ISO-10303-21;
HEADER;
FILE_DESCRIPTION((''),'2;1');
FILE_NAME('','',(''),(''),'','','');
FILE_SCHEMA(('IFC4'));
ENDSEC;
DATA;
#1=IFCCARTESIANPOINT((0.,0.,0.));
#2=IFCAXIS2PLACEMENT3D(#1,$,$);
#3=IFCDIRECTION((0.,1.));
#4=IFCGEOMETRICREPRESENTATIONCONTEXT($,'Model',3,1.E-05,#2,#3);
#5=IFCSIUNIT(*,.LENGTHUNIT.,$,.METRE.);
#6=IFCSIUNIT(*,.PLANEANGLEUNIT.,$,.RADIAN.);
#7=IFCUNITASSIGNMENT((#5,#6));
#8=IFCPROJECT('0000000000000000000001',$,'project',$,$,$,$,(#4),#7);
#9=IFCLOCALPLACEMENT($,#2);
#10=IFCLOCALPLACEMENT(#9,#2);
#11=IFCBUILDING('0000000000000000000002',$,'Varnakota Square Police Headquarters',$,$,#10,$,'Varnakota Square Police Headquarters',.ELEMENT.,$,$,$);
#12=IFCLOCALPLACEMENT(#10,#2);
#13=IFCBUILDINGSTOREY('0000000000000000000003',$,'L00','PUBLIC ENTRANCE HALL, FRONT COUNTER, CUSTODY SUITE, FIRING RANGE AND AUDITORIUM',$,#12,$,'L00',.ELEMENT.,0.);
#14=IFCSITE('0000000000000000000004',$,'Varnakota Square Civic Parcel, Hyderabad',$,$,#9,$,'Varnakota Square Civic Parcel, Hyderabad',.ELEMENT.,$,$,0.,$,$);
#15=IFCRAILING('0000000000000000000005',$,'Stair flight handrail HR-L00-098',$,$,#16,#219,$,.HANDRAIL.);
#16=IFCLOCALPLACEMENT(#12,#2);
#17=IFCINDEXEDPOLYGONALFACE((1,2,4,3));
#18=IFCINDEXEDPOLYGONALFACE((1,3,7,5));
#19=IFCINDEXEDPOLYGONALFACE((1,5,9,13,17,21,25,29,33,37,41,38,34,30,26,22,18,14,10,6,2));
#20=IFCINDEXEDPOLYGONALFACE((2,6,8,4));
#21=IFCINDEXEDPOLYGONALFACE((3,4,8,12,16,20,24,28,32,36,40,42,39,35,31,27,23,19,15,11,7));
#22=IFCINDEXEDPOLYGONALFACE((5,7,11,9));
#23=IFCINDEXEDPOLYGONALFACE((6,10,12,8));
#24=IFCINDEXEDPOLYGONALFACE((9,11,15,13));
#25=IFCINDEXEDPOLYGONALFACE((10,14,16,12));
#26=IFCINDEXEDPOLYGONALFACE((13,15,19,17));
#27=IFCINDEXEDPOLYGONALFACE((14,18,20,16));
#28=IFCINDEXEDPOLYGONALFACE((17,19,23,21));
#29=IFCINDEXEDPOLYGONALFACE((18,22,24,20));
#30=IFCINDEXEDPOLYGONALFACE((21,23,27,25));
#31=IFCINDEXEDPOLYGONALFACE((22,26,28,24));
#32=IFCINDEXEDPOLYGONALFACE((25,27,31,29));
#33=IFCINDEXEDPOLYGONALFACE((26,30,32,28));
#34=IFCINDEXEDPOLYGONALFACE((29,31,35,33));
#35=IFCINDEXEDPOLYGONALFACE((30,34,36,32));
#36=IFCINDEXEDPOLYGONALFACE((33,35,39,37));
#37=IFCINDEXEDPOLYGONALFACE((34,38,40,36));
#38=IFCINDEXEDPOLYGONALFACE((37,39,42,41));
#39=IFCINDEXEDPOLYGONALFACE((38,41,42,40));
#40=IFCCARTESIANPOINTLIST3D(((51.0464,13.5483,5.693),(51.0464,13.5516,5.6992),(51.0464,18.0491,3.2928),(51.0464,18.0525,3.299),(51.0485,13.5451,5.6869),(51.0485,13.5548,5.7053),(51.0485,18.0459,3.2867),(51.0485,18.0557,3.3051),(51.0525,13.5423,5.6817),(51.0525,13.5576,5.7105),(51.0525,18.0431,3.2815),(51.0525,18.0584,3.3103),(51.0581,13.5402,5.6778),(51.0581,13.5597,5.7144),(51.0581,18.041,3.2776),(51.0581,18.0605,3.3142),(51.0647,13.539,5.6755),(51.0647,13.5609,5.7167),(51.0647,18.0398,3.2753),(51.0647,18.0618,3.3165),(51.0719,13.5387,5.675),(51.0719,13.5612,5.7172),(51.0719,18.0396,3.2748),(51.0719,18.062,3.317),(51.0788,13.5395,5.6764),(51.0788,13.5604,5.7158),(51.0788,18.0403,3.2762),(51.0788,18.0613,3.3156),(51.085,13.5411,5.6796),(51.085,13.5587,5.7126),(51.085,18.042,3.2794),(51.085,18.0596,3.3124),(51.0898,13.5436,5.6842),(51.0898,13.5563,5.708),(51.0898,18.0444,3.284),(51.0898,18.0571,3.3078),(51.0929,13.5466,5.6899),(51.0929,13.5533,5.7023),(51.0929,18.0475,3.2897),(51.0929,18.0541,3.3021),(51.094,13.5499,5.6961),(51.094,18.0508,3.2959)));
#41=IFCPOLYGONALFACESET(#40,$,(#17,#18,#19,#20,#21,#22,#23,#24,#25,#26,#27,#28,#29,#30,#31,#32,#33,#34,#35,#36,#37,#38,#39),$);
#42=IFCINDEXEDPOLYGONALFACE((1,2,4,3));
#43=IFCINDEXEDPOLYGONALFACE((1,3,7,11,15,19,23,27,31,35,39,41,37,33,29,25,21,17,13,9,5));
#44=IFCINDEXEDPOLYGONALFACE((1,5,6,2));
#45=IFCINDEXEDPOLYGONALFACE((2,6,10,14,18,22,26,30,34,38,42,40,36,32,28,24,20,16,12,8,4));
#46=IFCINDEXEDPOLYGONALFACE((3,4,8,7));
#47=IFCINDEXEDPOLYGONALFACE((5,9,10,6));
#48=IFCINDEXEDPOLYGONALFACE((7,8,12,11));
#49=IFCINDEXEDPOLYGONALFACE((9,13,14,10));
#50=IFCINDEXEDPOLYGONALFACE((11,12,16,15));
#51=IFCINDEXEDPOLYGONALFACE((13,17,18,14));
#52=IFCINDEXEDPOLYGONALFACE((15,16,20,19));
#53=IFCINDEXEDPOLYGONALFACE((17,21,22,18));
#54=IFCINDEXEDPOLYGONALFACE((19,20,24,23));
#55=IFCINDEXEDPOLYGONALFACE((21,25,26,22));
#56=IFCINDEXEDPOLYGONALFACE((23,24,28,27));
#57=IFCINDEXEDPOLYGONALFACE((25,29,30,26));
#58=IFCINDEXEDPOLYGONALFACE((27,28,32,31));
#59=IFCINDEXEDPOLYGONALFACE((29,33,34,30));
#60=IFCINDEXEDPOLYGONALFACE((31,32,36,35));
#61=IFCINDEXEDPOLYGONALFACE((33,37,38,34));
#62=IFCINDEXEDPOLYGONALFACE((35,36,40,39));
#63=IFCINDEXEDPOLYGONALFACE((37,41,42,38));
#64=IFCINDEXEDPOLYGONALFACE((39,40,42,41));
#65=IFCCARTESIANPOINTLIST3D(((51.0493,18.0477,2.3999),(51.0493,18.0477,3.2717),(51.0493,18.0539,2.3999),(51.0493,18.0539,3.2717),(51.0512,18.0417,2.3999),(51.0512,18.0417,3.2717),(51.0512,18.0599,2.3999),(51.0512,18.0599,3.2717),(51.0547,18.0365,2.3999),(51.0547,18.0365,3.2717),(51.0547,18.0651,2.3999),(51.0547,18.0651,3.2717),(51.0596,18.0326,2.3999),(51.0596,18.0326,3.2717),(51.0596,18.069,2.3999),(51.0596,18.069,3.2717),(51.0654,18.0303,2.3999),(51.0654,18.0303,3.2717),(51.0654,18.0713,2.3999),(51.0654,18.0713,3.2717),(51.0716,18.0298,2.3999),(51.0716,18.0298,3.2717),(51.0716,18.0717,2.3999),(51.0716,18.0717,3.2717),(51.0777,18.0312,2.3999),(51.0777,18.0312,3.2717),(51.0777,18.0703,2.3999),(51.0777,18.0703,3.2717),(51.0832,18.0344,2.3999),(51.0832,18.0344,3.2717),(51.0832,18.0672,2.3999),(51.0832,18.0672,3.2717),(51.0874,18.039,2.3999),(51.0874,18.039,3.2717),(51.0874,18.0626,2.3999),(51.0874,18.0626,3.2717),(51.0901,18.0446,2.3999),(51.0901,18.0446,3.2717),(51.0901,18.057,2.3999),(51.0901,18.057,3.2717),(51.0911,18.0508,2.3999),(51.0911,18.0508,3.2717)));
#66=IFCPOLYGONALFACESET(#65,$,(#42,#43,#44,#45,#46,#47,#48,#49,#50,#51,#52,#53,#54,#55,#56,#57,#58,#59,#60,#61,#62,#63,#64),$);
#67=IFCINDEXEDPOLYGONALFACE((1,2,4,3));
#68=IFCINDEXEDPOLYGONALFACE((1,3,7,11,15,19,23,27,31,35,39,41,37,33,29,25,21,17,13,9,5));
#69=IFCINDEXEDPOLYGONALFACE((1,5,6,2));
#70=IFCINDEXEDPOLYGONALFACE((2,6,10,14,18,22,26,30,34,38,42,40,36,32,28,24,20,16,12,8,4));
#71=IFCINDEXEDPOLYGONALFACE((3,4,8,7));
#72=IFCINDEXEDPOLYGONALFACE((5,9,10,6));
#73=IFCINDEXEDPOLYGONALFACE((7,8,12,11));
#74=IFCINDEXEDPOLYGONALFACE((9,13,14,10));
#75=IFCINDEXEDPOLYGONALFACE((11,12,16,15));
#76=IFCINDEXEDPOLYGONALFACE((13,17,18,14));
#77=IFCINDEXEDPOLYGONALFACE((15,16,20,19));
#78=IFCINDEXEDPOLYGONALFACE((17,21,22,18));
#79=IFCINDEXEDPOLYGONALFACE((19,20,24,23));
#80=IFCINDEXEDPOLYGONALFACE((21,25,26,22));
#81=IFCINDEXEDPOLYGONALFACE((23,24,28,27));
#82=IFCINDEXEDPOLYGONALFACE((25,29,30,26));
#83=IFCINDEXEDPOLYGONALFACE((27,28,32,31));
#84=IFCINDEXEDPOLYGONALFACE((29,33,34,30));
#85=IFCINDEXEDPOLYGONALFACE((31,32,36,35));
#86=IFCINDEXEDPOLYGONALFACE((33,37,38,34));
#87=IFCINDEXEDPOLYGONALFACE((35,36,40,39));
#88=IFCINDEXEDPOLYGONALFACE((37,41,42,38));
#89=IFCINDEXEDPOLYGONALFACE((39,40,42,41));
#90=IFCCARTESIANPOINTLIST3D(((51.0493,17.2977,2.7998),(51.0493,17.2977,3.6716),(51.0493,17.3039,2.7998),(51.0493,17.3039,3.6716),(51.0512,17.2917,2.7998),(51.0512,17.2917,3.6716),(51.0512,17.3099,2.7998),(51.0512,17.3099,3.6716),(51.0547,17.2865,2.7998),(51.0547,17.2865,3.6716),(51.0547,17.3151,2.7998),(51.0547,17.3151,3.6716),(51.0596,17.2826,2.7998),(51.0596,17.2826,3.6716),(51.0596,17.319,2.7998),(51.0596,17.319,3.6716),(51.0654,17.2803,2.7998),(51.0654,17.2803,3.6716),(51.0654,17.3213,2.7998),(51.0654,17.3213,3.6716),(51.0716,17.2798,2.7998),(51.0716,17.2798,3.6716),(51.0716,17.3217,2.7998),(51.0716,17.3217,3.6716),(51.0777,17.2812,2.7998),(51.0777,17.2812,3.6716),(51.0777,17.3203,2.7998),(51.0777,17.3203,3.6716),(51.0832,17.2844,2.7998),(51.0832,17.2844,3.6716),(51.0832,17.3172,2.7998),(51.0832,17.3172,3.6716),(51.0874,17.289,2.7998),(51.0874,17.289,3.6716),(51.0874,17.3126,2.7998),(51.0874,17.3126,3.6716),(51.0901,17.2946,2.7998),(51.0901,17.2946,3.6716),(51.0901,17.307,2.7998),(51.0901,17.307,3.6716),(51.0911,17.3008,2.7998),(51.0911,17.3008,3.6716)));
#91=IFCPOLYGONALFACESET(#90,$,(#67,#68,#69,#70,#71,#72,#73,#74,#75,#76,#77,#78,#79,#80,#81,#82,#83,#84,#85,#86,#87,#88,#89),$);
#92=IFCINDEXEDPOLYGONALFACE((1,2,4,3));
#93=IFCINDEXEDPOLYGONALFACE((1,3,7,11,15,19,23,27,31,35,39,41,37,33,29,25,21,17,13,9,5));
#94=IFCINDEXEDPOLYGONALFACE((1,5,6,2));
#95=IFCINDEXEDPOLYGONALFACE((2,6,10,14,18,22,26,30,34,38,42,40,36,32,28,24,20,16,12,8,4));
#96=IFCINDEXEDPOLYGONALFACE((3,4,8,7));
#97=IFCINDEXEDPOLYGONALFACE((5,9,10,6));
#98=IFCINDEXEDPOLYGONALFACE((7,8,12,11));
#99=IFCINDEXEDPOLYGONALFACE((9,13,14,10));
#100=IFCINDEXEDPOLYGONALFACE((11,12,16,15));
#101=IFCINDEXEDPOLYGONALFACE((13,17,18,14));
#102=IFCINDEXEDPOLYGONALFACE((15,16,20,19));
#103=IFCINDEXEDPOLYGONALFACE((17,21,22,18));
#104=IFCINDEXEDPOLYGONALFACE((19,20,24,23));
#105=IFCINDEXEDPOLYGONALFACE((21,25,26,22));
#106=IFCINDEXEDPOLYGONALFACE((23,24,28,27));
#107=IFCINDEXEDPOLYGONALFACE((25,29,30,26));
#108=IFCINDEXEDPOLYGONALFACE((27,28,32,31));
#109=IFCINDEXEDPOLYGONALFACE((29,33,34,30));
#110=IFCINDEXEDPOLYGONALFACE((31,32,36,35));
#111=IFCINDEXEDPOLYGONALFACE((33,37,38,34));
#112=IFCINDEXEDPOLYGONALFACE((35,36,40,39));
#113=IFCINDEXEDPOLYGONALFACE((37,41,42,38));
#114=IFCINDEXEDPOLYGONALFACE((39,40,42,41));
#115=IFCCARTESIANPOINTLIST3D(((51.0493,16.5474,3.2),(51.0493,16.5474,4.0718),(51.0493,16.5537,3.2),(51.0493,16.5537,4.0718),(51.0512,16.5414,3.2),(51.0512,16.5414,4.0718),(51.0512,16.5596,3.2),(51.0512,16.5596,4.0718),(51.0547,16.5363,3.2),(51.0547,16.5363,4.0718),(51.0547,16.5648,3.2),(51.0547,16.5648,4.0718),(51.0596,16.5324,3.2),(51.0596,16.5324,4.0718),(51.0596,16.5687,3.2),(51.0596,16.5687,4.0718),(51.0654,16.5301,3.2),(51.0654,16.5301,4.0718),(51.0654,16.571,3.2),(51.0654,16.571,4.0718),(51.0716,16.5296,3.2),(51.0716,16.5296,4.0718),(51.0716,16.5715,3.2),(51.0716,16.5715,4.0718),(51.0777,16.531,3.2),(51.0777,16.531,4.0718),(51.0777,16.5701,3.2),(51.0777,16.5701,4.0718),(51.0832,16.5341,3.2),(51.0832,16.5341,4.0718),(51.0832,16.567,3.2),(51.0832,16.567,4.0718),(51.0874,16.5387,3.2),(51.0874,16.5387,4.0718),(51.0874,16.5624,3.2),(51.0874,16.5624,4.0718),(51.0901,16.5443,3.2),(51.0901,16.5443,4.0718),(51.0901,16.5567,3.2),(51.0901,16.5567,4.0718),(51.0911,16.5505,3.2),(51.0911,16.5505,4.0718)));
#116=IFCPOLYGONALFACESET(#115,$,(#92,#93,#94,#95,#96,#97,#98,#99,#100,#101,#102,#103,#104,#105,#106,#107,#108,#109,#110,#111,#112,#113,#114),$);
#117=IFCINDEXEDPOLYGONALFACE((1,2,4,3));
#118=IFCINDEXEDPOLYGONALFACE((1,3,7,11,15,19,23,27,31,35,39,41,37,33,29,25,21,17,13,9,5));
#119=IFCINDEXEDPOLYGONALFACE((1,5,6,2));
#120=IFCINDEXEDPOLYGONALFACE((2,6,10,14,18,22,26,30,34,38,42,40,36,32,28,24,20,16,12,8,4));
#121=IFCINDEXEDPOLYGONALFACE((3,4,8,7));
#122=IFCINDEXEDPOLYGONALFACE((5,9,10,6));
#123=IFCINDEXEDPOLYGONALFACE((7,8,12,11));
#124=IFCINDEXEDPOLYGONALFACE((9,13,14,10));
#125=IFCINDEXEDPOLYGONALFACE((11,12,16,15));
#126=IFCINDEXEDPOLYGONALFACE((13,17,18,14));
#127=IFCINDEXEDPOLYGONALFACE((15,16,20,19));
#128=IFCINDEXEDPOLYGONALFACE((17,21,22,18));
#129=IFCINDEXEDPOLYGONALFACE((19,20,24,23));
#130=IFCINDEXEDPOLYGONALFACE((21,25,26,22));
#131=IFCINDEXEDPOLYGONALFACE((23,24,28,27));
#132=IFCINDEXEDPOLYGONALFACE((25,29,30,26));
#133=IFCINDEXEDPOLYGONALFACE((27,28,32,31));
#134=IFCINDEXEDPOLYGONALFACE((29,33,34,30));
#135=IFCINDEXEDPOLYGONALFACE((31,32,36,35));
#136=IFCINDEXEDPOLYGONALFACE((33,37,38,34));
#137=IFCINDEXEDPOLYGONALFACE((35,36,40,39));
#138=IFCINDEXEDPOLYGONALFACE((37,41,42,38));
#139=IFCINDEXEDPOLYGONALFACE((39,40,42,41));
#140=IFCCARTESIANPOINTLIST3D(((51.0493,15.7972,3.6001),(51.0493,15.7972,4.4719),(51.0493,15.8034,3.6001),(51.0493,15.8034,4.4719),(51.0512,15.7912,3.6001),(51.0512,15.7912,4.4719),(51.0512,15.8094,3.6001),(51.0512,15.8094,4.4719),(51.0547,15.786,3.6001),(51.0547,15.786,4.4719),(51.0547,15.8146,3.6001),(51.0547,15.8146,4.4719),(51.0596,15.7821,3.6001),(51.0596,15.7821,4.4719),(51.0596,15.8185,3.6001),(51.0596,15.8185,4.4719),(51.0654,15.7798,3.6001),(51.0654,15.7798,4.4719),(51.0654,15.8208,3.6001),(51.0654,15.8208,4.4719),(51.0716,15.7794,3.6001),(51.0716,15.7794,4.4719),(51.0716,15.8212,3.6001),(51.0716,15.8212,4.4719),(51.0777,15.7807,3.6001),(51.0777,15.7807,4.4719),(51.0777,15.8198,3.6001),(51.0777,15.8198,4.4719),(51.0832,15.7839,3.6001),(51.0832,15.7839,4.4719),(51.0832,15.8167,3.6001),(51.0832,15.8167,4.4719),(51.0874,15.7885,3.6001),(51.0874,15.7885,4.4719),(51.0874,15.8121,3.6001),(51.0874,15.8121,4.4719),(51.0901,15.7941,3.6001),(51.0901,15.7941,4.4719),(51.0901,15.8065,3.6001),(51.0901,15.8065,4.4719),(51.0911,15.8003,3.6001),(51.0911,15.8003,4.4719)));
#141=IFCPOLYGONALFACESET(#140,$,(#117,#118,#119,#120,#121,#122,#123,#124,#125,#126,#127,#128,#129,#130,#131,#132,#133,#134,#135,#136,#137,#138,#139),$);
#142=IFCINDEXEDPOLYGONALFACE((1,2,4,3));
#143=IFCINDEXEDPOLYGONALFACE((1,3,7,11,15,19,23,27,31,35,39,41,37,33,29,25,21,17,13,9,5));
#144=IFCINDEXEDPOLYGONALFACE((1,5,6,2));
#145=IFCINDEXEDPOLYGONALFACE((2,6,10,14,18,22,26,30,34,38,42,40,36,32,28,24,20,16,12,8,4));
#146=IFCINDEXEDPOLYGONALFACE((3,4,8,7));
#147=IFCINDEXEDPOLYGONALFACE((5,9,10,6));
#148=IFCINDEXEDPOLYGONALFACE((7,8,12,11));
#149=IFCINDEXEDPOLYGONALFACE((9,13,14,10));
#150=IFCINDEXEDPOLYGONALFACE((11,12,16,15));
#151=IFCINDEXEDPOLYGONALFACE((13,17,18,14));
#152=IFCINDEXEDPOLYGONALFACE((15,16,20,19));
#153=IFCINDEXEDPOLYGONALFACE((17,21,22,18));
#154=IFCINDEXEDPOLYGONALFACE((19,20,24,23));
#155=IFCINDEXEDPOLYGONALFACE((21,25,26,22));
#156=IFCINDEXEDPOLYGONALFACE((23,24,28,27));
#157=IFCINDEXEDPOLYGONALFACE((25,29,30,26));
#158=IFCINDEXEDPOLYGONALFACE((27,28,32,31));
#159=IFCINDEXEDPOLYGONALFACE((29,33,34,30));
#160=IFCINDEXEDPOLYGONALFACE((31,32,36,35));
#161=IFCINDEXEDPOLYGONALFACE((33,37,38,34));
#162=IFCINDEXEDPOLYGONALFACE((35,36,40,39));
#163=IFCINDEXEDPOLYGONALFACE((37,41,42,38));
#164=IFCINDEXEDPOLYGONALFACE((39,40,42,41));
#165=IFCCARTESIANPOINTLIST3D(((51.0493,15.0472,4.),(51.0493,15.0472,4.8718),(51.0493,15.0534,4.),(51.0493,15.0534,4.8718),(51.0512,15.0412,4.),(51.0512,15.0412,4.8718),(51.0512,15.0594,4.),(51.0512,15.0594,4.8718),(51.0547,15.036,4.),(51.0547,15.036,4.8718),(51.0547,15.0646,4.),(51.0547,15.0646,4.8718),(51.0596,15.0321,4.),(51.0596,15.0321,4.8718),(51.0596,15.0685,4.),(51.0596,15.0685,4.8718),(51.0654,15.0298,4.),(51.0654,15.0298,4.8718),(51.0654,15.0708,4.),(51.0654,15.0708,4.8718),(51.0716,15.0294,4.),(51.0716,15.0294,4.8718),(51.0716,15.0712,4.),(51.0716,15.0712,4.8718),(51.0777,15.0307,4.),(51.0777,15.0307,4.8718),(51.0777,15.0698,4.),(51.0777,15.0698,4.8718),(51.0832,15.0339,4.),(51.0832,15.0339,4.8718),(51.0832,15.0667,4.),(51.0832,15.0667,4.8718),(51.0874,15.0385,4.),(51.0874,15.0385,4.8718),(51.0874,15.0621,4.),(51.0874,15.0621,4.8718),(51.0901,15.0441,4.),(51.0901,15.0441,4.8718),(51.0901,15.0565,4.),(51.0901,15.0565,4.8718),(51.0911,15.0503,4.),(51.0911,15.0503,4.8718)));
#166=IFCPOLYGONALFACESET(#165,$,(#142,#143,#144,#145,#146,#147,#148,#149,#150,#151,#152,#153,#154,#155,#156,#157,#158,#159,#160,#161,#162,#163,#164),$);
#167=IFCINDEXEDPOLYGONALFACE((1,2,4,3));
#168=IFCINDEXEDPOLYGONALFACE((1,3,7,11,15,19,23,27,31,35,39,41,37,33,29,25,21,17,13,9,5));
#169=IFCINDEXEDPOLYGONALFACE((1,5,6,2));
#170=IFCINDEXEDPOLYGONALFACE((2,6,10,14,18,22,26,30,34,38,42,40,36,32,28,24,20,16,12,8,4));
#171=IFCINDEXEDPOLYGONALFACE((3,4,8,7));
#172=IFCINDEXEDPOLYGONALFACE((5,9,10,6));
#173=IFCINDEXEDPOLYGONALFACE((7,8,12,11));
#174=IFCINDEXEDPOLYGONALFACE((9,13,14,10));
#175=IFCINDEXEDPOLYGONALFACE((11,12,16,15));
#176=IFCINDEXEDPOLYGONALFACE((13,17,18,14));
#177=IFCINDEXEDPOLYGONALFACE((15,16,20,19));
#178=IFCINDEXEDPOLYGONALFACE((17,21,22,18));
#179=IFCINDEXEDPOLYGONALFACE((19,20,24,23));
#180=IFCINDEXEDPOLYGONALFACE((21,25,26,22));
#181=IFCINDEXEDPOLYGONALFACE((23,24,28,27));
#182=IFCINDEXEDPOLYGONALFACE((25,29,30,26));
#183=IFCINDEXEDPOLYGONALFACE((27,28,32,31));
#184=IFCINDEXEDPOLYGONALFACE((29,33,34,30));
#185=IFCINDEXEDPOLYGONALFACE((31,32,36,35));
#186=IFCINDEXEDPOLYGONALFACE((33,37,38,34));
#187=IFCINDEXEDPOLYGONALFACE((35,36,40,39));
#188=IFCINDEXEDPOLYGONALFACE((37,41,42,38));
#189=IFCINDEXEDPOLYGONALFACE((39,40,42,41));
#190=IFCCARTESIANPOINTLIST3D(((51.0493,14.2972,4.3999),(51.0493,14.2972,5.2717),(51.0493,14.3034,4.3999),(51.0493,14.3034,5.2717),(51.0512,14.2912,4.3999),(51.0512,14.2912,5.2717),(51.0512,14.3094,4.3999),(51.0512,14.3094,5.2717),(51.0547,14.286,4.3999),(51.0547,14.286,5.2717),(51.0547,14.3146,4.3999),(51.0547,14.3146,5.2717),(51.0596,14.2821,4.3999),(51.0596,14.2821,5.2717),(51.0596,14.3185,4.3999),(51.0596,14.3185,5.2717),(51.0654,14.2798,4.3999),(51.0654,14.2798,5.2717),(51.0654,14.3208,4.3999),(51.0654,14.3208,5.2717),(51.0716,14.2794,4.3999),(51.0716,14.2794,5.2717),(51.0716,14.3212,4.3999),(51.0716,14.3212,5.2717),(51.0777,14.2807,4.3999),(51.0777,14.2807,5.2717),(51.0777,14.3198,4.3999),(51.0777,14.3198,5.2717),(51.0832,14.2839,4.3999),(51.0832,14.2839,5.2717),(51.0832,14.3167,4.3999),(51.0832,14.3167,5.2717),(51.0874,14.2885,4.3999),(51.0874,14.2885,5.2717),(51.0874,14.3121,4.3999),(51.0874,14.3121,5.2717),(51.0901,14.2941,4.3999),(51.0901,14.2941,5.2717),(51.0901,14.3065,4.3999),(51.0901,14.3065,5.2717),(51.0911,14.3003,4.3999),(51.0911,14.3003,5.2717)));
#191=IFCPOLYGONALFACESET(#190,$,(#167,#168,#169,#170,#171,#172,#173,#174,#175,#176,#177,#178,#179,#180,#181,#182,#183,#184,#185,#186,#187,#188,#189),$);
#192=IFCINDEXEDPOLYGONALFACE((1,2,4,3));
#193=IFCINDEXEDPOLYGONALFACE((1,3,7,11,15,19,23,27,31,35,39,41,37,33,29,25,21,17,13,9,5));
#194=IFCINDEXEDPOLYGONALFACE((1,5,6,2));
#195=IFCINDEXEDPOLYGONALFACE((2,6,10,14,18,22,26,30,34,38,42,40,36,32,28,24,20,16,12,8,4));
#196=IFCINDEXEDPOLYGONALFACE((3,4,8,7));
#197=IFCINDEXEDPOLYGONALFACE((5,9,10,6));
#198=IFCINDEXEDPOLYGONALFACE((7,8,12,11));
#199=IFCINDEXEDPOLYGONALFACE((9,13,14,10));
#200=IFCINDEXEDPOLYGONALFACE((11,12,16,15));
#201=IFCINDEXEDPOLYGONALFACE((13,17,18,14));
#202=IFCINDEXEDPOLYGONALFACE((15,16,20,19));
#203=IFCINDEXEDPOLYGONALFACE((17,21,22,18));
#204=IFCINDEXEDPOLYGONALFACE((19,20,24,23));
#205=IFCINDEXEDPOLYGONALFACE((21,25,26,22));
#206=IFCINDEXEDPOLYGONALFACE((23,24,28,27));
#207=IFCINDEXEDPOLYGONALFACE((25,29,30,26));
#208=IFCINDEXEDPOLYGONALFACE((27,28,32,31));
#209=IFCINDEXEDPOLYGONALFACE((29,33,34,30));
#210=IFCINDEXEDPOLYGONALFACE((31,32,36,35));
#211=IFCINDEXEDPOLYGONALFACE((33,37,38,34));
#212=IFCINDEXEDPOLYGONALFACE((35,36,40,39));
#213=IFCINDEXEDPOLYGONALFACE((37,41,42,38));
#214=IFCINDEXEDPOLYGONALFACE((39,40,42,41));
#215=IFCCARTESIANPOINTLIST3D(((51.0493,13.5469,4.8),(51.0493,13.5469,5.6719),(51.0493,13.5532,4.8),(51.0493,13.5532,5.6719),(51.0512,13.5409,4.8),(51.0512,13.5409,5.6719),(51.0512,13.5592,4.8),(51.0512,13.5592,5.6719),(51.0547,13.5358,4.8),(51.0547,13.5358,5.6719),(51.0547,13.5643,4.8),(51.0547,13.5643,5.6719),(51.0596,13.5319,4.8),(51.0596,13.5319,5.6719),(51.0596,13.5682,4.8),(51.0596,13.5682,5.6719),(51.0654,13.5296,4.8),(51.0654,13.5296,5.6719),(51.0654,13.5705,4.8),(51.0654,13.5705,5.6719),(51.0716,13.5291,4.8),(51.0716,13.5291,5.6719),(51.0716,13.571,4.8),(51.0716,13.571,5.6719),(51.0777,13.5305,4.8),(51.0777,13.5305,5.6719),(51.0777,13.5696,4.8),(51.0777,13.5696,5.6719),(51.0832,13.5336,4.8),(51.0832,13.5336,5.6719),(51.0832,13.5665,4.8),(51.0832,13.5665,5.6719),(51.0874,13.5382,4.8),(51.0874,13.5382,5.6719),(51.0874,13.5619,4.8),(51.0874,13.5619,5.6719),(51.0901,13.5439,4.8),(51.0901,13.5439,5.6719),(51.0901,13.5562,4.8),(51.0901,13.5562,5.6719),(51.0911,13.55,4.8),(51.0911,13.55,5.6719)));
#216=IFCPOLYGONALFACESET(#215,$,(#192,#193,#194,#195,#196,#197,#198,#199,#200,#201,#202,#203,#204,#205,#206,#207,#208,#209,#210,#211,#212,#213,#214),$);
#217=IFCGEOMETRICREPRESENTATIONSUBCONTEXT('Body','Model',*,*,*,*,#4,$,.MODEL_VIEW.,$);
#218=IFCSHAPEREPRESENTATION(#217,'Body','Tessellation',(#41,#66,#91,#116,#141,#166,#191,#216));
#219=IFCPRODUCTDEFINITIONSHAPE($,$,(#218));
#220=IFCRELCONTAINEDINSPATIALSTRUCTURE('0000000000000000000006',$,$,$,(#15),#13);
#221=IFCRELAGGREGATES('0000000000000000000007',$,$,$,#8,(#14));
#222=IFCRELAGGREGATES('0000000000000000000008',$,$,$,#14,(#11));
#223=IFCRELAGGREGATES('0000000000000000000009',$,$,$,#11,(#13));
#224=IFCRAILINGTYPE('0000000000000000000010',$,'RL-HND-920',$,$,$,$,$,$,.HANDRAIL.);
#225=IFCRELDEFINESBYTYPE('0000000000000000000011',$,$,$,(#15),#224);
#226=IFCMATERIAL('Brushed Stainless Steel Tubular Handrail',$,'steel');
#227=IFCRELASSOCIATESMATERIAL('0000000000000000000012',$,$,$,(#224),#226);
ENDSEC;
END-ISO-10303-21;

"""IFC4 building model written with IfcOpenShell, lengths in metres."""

from ifc_helpers import new_model, si_unit, direction, frame, origin, origin_2d, place, context, subcontext, project, spatial, circle, extrude, material, type_object, element, save


model = new_model("IFC4")

# Units and contexts
model_context = context("Model", 3, precision=1e-05, world=origin(), true_north=direction((0.0, 1.0)))
body_context = subcontext(model_context, "Body", "Model", "MODEL_VIEW")
ifc_project = project(units=[si_unit("LENGTHUNIT", "METRE"), si_unit("PLANEANGLEUNIT", "RADIAN")], contexts=[model_context])

# Site, building, storey
site_placement = place(None, origin())
site = spatial("IfcSite", under=ifc_project, at=site_placement, Name="Varnakota Square Civic Parcel, Hyderabad", LongName="Varnakota Square Civic Parcel, Hyderabad", CompositionType="ELEMENT", RefElevation=0.0)
building_placement = place(site_placement, origin())
building = spatial("IfcBuilding", under=site, at=building_placement, Name="Varnakota Square Police Headquarters", LongName="Varnakota Square Police Headquarters", CompositionType="ELEMENT")
storey_placement = place(building_placement, origin())
storey = spatial("IfcBuildingStorey", under=building, at=storey_placement, Name="L00", Description="PUBLIC ENTRANCE HALL, FRONT COUNTER, CUSTODY SUITE, FIRING RANGE AND AUDITORIUM", LongName="L00", CompositionType="ELEMENT", Elevation=0.0)

# Railing
ifc_material_1 = material(Name="Brushed Stainless Steel Tubular Handrail", Category="steel")
railing_type_1 = type_object("IfcRailingType", Name="RL-HND-920", PredefinedType="HANDRAIL", material=ifc_material_1)
railing_1_placement = place(storey_placement, frame((51.0701, 18.0508, 2.3999)))
element("IfcRailing", 1, at=railing_1_placement, inside=storey, type_object=railing_type_1, Name="Stair flight handrail HR-L00-098", PredefinedType="HANDRAIL", context=body_context, shape_type="SweptSolid", body=[
    extrude(circle(Radius=0.0239, at=origin_2d()), frame((0.0, 0.0, 0.896), z_axis=(0.0, -0.882373, 0.470551), x_axis=(1.0, 0.0, 0.0)), (0.0, 0.0, 1.0), 5.1008),
    extrude(circle(Radius=0.021, at=origin_2d()), origin(), (0.0, 0.0, 1.0), 0.8718),
    extrude(circle(Radius=0.021, at=origin_2d()), frame((0.0, -0.75, 0.3999)), (0.0, 0.0, 1.0), 0.8718),
    extrude(circle(Radius=0.021, at=origin_2d()), frame((0.0, -1.5002, 0.8)), (0.0, 0.0, 1.0), 0.8718),
    extrude(circle(Radius=0.021, at=origin_2d()), frame((0.0, -2.2505, 1.2002)), (0.0, 0.0, 1.0), 0.8718),
    extrude(circle(Radius=0.021, at=origin_2d()), frame((0.0, -3.0005, 1.6001)), (0.0, 0.0, 1.0), 0.8718),
    extrude(circle(Radius=0.021, at=origin_2d()), frame((0.0, -3.7505, 2.0)), (0.0, 0.0, 1.0), 0.8718),
    extrude(circle(Radius=0.021, at=origin_2d()), frame((0.0, -4.5007, 2.4001)), (0.0, 0.0, 1.0), 0.8718),
])

save(model, "model.ifc")
